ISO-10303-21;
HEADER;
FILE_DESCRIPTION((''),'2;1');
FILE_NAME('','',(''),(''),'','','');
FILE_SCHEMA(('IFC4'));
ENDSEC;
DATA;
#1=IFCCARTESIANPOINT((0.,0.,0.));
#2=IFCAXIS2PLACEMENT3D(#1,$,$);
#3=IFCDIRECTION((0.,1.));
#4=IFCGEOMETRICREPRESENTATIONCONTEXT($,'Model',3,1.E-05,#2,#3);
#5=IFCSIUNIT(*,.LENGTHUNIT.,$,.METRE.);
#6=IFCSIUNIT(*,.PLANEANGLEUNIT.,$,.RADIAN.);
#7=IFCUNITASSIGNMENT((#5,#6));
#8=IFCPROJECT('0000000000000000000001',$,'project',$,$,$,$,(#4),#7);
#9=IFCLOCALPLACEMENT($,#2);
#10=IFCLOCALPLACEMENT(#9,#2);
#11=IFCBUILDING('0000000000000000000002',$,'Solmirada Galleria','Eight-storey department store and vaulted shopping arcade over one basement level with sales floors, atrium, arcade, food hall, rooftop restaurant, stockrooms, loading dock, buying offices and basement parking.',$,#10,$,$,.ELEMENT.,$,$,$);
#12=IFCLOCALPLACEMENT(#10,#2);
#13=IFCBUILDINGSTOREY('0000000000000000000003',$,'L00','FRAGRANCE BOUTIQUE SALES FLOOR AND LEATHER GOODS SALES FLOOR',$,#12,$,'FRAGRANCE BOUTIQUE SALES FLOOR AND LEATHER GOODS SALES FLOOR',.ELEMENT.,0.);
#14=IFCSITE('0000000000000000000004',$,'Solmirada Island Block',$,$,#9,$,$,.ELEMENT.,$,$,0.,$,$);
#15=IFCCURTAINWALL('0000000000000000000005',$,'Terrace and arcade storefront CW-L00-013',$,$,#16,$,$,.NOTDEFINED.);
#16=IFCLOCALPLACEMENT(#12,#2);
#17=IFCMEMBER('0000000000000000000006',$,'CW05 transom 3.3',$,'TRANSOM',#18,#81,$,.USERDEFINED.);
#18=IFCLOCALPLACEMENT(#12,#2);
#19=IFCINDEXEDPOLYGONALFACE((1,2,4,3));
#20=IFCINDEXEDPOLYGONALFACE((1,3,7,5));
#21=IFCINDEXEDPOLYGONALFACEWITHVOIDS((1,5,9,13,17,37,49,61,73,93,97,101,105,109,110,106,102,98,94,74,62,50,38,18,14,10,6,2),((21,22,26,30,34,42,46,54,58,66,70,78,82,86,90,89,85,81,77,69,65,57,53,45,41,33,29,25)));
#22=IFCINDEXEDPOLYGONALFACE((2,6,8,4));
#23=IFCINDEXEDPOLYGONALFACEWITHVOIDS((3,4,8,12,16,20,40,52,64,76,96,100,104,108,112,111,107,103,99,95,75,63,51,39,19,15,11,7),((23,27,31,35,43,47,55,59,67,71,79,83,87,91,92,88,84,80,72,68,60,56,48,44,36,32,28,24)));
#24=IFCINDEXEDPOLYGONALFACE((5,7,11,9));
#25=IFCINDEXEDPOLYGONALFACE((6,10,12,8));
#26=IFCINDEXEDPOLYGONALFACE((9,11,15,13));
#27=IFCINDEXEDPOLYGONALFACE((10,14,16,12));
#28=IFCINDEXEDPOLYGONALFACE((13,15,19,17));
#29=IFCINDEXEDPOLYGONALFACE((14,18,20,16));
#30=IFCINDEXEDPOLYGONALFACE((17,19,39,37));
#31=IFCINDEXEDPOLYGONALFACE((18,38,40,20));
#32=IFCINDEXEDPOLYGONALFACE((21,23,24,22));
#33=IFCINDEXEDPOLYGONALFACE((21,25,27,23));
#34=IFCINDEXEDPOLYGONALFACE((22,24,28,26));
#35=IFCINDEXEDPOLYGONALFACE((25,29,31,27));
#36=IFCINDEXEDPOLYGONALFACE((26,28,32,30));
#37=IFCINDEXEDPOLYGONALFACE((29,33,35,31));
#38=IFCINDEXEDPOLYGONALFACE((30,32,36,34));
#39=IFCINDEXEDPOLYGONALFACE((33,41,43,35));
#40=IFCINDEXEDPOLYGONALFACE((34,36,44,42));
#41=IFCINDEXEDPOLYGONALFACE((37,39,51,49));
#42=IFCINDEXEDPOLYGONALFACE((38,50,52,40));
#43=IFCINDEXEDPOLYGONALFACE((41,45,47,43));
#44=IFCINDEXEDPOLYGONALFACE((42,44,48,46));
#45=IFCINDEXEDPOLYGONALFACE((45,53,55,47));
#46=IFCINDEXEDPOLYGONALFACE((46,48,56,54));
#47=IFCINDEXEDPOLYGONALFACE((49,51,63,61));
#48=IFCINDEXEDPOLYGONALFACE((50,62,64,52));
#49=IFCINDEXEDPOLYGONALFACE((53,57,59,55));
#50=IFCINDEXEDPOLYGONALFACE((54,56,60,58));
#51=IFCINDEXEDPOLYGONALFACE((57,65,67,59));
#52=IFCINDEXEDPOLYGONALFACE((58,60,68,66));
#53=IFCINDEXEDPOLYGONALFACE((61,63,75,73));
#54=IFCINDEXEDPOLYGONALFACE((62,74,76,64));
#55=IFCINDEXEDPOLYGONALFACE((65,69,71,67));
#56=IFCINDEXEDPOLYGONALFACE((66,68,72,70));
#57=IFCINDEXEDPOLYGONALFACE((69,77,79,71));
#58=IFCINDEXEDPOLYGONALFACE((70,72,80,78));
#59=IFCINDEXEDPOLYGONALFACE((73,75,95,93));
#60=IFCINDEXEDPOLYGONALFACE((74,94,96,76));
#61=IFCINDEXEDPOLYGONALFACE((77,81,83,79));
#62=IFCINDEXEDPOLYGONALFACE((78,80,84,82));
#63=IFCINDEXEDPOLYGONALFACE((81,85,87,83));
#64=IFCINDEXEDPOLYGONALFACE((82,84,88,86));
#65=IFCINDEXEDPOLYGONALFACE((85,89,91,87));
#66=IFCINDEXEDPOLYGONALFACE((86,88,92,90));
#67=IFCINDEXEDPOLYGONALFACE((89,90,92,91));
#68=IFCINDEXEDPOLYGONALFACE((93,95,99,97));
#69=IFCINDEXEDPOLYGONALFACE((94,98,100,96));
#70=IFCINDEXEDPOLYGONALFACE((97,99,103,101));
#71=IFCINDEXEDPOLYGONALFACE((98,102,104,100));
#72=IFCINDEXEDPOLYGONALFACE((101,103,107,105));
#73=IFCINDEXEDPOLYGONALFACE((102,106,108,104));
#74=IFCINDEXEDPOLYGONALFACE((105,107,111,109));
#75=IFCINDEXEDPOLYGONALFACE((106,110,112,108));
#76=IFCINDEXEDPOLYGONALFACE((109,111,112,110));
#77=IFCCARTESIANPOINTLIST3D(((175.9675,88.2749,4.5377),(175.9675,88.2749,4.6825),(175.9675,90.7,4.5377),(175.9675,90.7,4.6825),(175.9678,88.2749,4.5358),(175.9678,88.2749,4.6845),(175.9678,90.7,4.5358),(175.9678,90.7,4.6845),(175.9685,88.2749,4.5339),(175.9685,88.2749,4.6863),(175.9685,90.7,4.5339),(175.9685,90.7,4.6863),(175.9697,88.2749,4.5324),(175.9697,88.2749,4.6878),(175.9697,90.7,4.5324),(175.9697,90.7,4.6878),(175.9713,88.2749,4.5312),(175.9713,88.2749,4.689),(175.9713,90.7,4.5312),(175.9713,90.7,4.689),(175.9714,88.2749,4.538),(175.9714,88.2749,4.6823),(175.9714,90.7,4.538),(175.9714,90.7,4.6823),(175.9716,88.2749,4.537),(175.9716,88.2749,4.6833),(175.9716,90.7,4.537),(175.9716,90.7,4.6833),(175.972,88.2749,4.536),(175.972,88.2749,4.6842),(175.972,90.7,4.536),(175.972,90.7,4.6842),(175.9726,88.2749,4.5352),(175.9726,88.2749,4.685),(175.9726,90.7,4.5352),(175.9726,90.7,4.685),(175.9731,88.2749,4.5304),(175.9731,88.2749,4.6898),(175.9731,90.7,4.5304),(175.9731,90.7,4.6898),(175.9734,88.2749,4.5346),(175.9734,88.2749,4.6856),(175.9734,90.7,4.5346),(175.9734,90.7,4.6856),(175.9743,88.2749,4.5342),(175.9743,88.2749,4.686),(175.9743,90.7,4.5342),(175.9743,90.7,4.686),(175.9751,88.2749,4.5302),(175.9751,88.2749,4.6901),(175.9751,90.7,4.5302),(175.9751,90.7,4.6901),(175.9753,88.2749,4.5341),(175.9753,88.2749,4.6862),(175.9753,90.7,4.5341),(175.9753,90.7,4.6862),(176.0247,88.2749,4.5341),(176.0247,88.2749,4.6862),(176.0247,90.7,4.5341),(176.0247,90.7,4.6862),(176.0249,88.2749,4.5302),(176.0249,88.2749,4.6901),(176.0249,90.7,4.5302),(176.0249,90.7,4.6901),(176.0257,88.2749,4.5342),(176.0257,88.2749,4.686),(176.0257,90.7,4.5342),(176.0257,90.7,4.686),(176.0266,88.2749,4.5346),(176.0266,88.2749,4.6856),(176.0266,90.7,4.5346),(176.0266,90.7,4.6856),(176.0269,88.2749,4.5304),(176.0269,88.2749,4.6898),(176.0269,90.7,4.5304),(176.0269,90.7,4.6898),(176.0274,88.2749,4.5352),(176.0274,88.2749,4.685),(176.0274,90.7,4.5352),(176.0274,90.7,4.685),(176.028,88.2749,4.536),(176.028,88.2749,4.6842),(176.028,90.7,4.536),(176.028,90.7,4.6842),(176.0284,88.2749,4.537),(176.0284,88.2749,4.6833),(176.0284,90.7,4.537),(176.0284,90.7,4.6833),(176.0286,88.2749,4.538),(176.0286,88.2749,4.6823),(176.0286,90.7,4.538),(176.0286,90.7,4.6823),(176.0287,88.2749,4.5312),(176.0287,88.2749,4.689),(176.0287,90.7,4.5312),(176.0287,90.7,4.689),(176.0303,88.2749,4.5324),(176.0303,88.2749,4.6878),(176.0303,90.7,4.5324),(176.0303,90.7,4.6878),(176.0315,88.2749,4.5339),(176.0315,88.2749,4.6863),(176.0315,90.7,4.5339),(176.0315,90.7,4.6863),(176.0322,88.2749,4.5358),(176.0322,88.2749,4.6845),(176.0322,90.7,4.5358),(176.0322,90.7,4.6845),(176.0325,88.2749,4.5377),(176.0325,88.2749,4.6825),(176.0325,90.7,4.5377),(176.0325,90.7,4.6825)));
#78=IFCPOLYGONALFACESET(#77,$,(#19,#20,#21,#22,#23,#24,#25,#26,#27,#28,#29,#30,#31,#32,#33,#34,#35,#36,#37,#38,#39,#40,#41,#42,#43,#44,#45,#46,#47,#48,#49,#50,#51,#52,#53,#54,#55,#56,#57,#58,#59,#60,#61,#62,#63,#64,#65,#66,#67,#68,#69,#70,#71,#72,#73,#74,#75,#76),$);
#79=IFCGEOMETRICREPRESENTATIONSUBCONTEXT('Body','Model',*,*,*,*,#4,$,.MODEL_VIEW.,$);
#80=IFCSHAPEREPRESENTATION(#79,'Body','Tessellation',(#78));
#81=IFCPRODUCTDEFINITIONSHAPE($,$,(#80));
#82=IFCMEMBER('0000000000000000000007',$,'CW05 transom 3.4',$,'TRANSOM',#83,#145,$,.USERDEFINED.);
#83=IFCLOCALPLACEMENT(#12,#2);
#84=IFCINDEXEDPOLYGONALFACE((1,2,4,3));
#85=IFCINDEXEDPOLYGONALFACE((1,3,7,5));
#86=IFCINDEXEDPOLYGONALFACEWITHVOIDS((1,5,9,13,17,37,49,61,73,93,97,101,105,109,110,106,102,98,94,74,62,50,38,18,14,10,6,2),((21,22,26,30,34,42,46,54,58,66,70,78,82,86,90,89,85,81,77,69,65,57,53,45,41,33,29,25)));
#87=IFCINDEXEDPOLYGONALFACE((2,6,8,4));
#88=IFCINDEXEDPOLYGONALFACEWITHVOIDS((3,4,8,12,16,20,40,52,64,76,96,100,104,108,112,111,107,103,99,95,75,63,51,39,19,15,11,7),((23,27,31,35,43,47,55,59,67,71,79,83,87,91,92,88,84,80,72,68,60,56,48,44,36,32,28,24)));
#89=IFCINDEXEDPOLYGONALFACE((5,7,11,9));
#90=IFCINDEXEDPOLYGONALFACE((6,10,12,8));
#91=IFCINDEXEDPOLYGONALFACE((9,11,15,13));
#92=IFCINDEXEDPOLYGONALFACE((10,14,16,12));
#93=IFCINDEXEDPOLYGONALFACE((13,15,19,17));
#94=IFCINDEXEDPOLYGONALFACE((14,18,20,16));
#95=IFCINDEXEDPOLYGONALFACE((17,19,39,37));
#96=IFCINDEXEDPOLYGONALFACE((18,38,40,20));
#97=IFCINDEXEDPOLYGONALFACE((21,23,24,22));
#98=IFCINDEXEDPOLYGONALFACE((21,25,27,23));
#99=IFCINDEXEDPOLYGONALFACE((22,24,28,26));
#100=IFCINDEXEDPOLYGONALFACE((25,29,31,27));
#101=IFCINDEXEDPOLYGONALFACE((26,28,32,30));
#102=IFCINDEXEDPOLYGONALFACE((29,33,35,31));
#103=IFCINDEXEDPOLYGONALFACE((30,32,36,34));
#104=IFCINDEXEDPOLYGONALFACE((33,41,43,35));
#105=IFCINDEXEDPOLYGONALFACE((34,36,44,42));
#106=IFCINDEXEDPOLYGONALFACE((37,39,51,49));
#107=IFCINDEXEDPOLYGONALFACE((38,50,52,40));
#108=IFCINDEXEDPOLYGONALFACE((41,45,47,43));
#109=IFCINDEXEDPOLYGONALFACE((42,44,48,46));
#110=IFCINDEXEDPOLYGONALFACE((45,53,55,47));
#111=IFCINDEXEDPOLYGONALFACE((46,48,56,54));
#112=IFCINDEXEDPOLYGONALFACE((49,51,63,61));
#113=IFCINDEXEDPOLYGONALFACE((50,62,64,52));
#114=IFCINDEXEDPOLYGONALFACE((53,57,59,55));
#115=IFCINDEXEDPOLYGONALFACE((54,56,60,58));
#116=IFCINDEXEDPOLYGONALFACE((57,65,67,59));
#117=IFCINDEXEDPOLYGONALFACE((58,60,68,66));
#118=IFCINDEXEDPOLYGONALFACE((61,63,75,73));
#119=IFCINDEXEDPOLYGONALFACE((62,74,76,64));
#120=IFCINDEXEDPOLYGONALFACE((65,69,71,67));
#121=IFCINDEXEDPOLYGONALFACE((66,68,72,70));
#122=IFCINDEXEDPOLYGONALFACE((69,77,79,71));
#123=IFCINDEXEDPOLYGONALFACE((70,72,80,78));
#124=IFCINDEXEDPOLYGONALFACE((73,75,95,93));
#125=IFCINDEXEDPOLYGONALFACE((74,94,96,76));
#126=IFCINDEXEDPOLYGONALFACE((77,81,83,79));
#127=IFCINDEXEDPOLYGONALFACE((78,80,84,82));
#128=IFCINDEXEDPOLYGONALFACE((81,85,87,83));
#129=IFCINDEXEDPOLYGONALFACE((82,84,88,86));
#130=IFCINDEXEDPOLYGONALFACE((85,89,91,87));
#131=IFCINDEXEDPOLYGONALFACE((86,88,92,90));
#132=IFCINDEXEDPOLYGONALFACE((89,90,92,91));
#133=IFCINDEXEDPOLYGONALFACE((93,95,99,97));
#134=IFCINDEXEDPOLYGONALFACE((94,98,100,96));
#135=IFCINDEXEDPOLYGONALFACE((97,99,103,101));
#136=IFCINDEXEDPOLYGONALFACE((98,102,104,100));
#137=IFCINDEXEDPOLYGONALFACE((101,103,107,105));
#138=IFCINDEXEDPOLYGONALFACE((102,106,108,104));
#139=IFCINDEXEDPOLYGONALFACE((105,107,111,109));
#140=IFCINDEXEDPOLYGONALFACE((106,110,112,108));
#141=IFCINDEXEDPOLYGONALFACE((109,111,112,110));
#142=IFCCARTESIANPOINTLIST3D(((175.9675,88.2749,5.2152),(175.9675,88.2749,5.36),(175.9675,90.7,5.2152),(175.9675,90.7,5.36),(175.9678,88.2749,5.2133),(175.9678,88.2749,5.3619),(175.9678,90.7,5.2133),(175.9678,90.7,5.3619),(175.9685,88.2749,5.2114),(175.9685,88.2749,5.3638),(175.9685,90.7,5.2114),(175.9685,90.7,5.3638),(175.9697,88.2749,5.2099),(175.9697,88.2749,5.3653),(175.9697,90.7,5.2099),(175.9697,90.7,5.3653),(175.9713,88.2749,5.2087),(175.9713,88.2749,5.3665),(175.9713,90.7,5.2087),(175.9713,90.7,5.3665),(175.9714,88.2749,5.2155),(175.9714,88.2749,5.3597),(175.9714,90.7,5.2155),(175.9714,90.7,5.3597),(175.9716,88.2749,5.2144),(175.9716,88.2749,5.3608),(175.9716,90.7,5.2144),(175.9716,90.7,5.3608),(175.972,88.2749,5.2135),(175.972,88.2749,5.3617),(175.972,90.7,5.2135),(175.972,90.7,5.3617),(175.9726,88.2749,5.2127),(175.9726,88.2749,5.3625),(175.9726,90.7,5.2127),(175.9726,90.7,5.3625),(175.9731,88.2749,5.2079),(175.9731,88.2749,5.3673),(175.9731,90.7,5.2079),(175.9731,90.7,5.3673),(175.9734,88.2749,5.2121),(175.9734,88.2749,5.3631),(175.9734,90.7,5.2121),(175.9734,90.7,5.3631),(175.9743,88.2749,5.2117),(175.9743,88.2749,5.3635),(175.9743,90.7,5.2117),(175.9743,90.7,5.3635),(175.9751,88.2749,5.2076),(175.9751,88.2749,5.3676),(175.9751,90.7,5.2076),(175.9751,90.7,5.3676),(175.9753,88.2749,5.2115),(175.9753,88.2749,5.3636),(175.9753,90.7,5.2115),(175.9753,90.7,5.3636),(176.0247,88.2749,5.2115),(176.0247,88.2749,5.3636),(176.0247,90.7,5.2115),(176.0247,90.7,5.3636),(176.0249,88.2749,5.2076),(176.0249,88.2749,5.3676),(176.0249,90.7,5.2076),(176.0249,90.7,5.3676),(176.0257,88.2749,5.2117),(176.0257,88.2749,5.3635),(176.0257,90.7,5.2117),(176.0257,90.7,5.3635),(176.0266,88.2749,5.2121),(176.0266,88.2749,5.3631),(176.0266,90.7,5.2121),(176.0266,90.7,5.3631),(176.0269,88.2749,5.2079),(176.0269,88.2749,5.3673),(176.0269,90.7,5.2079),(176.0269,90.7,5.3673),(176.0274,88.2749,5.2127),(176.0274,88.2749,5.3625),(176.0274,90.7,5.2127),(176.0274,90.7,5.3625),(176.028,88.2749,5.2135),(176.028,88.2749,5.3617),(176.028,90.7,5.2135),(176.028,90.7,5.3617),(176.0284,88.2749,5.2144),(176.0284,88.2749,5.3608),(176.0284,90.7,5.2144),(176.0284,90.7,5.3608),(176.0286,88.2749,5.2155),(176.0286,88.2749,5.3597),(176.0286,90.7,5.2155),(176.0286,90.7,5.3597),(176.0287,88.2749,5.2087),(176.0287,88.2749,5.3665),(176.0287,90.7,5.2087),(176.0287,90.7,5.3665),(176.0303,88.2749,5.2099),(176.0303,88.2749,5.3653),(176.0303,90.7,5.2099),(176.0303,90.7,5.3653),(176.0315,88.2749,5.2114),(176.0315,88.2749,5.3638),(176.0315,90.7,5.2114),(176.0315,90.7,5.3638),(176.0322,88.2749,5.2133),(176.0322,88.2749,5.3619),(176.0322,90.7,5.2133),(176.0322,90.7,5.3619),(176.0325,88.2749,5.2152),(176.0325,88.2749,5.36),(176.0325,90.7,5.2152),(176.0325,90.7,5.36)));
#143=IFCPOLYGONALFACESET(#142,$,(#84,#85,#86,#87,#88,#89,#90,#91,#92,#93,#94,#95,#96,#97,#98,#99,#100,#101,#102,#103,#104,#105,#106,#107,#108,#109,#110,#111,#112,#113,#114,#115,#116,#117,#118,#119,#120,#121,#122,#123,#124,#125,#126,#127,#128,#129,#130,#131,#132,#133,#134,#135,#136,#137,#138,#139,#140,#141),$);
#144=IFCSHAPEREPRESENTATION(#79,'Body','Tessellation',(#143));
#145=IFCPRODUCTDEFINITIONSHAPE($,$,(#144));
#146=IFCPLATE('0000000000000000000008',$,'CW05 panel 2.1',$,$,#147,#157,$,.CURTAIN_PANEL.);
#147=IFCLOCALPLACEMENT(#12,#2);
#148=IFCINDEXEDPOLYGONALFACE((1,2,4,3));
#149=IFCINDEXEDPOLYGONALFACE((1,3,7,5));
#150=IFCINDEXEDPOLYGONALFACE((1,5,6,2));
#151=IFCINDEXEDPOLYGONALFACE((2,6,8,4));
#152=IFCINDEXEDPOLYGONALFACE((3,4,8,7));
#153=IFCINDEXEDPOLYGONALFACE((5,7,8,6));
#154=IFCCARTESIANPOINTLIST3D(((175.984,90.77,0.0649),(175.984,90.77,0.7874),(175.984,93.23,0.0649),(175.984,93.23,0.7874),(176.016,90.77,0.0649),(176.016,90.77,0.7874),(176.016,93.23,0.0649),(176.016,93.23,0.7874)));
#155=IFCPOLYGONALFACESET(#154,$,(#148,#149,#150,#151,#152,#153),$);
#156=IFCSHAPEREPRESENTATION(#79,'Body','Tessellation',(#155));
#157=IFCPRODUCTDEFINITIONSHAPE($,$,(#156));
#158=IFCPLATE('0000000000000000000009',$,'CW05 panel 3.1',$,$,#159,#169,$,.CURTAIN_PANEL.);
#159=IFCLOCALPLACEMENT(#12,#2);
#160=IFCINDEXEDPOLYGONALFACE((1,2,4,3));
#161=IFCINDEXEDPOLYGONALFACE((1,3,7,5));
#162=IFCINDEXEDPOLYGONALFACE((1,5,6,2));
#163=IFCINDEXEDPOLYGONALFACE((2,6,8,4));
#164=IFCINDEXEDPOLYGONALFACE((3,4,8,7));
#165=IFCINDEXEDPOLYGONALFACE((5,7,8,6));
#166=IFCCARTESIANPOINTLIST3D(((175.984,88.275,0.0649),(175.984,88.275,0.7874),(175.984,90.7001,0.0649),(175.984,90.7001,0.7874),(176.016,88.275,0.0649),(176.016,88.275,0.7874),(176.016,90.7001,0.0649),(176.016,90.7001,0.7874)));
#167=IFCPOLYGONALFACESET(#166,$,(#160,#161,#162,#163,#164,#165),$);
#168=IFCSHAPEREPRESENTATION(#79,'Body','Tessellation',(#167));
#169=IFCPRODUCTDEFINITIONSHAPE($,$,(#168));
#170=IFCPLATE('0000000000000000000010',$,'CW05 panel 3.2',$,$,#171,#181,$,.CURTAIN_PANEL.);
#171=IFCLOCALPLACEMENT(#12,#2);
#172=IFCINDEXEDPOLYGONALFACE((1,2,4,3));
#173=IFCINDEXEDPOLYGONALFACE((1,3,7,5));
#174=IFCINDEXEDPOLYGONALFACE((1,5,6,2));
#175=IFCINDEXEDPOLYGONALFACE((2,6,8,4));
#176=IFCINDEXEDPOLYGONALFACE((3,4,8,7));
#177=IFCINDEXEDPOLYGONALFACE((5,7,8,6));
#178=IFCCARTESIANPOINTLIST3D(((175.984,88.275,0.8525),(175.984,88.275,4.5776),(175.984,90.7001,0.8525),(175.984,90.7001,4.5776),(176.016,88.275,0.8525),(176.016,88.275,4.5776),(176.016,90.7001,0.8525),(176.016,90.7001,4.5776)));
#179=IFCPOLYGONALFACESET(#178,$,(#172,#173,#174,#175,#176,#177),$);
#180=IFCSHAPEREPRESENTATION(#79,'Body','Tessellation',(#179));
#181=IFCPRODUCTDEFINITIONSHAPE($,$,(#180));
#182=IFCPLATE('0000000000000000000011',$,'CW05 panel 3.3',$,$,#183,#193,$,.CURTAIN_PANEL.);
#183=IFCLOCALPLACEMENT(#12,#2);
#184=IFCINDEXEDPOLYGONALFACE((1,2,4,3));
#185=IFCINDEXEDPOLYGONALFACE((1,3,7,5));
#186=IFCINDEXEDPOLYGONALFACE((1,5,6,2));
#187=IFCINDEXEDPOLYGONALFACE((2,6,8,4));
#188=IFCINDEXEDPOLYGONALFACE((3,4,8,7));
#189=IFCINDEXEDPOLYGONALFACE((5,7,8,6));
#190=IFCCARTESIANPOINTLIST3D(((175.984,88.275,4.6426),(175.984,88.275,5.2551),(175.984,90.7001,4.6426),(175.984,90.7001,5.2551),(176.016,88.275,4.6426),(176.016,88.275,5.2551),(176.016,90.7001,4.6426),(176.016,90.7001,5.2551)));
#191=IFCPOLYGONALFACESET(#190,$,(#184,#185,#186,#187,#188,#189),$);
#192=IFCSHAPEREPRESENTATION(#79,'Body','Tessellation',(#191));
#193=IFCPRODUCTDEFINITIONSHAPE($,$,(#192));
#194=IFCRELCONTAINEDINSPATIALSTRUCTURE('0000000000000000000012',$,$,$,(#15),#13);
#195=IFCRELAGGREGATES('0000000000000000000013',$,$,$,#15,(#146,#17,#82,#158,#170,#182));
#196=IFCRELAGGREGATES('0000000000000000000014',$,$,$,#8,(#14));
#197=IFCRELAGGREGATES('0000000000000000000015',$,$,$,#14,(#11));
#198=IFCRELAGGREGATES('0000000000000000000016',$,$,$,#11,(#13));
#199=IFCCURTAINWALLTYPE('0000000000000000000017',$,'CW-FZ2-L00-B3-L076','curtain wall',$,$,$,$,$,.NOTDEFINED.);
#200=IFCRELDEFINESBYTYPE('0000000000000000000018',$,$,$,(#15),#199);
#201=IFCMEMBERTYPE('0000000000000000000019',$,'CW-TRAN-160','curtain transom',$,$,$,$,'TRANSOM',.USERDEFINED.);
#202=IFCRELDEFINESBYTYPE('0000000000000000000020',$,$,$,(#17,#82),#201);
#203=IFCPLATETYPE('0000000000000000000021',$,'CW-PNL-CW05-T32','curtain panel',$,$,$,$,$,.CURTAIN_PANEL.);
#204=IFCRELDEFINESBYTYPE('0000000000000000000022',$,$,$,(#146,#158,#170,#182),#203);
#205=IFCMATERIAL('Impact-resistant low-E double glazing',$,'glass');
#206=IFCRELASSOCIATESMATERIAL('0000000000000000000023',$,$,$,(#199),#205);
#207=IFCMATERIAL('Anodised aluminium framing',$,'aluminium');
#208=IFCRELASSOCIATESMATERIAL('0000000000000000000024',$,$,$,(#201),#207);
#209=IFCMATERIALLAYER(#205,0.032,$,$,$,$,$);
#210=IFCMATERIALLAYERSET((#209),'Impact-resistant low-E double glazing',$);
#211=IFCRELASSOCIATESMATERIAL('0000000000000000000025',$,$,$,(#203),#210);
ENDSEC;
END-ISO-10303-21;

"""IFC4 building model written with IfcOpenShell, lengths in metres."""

from ifc_helpers import new_model, si_unit, direction, frame, origin, origin_2d, place, context, subcontext, project, spatial, rectangle, hollow_rectangle, extrude, material, layer, layer_set, material_profile, profile_set, type_object, element, aggregate, save


model = new_model("IFC4")

# Units and contexts
model_context = context("Model", 3, precision=1e-05, world=origin(), true_north=direction((0.0, 1.0)))
body_context = subcontext(model_context, "Body", "Model", "MODEL_VIEW")
ifc_project = project(units=[si_unit("LENGTHUNIT", "METRE"), si_unit("PLANEANGLEUNIT", "RADIAN")], contexts=[model_context])

# Site, building, storey
site_placement = place(None, origin())
site = spatial("IfcSite", under=ifc_project, at=site_placement, Name="Solmirada Island Block", CompositionType="ELEMENT", RefElevation=0.0)
building_placement = place(site_placement, origin())
building = spatial("IfcBuilding", under=site, at=building_placement, Name="Solmirada Galleria", Description="Eight-storey department store and vaulted shopping arcade over one basement level with sales floors, atrium, arcade, food hall, rooftop restaurant, stockrooms, loading dock, buying offices and basement parking.", CompositionType="ELEMENT")
storey_placement = place(building_placement, origin())
storey = spatial("IfcBuildingStorey", under=building, at=storey_placement, Name="L00", Description="FRAGRANCE BOUTIQUE SALES FLOOR AND LEATHER GOODS SALES FLOOR", LongName="FRAGRANCE BOUTIQUE SALES FLOOR AND LEATHER GOODS SALES FLOOR", CompositionType="ELEMENT", Elevation=0.0)

# Curtain wall, members, plates
ifc_material_1 = material(Name="Impact-resistant low-E double glazing", Category="glass")
curtain_wall_type = type_object("IfcCurtainWallType", Name="CW-FZ2-L00-B3-L076", Description="curtain wall", PredefinedType="NOTDEFINED", material=ifc_material_1)
curtain_wall_placement = place(storey_placement, origin())
curtain_wall = element("IfcCurtainWall", 1, at=curtain_wall_placement, inside=storey, type_object=curtain_wall_type, Name="Terrace and arcade storefront CW-L00-013", PredefinedType="NOTDEFINED")
ifc_material_2 = material(Name="Anodised aluminium framing", Category="aluminium")
ifc_material_profile_1 = material_profile(ifc_material_2, hollow_rectangle(XDim=0.0649, YDim=0.1599, WallThickness=0.0039, InnerFilletRadius=0.0039, OuterFilletRadius=0.0076, at=origin_2d()), Name="ALU-TRAN-160X65")
ifc_profile_set_1 = profile_set([ifc_material_profile_1], Name="Anodised aluminium framing")
member_type_1 = type_object("IfcMemberType", Name="CW-TRAN-160", Description="curtain transom", ElementType="TRANSOM", PredefinedType="USERDEFINED", material=ifc_profile_set_1)
member_1_placement = place(storey_placement, frame((176.0, 90.7, 4.6101), z_axis=(0.0, -1.0, 0.0), x_axis=(1.0, 0.0, 0.0)))
member_1 = element("IfcMember", 2, at=member_1_placement, type_object=member_type_1, Name="CW05 transom 3.3", ObjectType="TRANSOM", PredefinedType="USERDEFINED", context=body_context, shape_type="SweptSolid", body=[
    extrude(hollow_rectangle(XDim=0.0649, YDim=0.1599, WallThickness=0.0039, InnerFilletRadius=0.0039, OuterFilletRadius=0.0076, at=origin_2d()), origin(), (0.0, 0.0, 1.0), 2.425),
])
member_2_placement = place(storey_placement, frame((176.0, 90.7, 5.2876), z_axis=(0.0, -1.0, 0.0), x_axis=(1.0, 0.0, 0.0)))
member_2 = element("IfcMember", 3, at=member_2_placement, type_object=member_type_1, Name="CW05 transom 3.4", ObjectType="TRANSOM", PredefinedType="USERDEFINED", context=body_context, shape_type="SweptSolid", body=[
    extrude(hollow_rectangle(XDim=0.0649, YDim=0.1599, WallThickness=0.0039, InnerFilletRadius=0.0039, OuterFilletRadius=0.0076, at=origin_2d()), origin(), (0.0, 0.0, 1.0), 2.425),
])
ifc_layer_1 = layer(ifc_material_1, 0.032)
ifc_layer_set_1 = layer_set([ifc_layer_1], Name="Impact-resistant low-E double glazing")
plate_type = type_object("IfcPlateType", Name="CW-PNL-CW05-T32", Description="curtain panel", PredefinedType="CURTAIN_PANEL", material=ifc_layer_set_1)
plate_1_placement = place(storey_placement, frame((176.0, 92.0, 0.0649), z_axis=(0.0, 0.0, 1.0), x_axis=(0.0, -1.0, 0.0)))
plate_1 = element("IfcPlate", 4, at=plate_1_placement, type_object=plate_type, Name="CW05 panel 2.1", PredefinedType="CURTAIN_PANEL", context=body_context, shape_type="SweptSolid", body=[
    extrude(rectangle(XDim=2.46, YDim=0.032, at=origin_2d()), origin(), (0.0, 0.0, 1.0), 0.7224),
])
plate_2_placement = place(storey_placement, frame((176.0, 89.4875, 0.0649), z_axis=(0.0, 0.0, 1.0), x_axis=(0.0, -1.0, 0.0)))
plate_2 = element("IfcPlate", 5, at=plate_2_placement, type_object=plate_type, Name="CW05 panel 3.1", PredefinedType="CURTAIN_PANEL", context=body_context, shape_type="SweptSolid", body=[
    extrude(rectangle(XDim=2.425, YDim=0.032, at=origin_2d()), origin(), (0.0, 0.0, 1.0), 0.7224),
])
plate_3_placement = place(storey_placement, frame((176.0, 89.4875, 0.8525), z_axis=(0.0, 0.0, 1.0), x_axis=(0.0, -1.0, 0.0)))
plate_3 = element("IfcPlate", 6, at=plate_3_placement, type_object=plate_type, Name="CW05 panel 3.2", PredefinedType="CURTAIN_PANEL", context=body_context, shape_type="SweptSolid", body=[
    extrude(rectangle(XDim=2.425, YDim=0.032, at=origin_2d()), origin(), (0.0, 0.0, 1.0), 3.7251),
])
plate_4_placement = place(storey_placement, frame((176.0, 89.4875, 4.6426), z_axis=(0.0, 0.0, 1.0), x_axis=(0.0, -1.0, 0.0)))
plate_4 = element("IfcPlate", 7, at=plate_4_placement, type_object=plate_type, Name="CW05 panel 3.3", PredefinedType="CURTAIN_PANEL", context=body_context, shape_type="SweptSolid", body=[
    extrude(rectangle(XDim=2.425, YDim=0.032, at=origin_2d()), origin(), (0.0, 0.0, 1.0), 0.6125),
])
aggregate(curtain_wall, [plate_1, member_1, member_2, plate_2, plate_3, plate_4])

save(model, "model.ifc")
